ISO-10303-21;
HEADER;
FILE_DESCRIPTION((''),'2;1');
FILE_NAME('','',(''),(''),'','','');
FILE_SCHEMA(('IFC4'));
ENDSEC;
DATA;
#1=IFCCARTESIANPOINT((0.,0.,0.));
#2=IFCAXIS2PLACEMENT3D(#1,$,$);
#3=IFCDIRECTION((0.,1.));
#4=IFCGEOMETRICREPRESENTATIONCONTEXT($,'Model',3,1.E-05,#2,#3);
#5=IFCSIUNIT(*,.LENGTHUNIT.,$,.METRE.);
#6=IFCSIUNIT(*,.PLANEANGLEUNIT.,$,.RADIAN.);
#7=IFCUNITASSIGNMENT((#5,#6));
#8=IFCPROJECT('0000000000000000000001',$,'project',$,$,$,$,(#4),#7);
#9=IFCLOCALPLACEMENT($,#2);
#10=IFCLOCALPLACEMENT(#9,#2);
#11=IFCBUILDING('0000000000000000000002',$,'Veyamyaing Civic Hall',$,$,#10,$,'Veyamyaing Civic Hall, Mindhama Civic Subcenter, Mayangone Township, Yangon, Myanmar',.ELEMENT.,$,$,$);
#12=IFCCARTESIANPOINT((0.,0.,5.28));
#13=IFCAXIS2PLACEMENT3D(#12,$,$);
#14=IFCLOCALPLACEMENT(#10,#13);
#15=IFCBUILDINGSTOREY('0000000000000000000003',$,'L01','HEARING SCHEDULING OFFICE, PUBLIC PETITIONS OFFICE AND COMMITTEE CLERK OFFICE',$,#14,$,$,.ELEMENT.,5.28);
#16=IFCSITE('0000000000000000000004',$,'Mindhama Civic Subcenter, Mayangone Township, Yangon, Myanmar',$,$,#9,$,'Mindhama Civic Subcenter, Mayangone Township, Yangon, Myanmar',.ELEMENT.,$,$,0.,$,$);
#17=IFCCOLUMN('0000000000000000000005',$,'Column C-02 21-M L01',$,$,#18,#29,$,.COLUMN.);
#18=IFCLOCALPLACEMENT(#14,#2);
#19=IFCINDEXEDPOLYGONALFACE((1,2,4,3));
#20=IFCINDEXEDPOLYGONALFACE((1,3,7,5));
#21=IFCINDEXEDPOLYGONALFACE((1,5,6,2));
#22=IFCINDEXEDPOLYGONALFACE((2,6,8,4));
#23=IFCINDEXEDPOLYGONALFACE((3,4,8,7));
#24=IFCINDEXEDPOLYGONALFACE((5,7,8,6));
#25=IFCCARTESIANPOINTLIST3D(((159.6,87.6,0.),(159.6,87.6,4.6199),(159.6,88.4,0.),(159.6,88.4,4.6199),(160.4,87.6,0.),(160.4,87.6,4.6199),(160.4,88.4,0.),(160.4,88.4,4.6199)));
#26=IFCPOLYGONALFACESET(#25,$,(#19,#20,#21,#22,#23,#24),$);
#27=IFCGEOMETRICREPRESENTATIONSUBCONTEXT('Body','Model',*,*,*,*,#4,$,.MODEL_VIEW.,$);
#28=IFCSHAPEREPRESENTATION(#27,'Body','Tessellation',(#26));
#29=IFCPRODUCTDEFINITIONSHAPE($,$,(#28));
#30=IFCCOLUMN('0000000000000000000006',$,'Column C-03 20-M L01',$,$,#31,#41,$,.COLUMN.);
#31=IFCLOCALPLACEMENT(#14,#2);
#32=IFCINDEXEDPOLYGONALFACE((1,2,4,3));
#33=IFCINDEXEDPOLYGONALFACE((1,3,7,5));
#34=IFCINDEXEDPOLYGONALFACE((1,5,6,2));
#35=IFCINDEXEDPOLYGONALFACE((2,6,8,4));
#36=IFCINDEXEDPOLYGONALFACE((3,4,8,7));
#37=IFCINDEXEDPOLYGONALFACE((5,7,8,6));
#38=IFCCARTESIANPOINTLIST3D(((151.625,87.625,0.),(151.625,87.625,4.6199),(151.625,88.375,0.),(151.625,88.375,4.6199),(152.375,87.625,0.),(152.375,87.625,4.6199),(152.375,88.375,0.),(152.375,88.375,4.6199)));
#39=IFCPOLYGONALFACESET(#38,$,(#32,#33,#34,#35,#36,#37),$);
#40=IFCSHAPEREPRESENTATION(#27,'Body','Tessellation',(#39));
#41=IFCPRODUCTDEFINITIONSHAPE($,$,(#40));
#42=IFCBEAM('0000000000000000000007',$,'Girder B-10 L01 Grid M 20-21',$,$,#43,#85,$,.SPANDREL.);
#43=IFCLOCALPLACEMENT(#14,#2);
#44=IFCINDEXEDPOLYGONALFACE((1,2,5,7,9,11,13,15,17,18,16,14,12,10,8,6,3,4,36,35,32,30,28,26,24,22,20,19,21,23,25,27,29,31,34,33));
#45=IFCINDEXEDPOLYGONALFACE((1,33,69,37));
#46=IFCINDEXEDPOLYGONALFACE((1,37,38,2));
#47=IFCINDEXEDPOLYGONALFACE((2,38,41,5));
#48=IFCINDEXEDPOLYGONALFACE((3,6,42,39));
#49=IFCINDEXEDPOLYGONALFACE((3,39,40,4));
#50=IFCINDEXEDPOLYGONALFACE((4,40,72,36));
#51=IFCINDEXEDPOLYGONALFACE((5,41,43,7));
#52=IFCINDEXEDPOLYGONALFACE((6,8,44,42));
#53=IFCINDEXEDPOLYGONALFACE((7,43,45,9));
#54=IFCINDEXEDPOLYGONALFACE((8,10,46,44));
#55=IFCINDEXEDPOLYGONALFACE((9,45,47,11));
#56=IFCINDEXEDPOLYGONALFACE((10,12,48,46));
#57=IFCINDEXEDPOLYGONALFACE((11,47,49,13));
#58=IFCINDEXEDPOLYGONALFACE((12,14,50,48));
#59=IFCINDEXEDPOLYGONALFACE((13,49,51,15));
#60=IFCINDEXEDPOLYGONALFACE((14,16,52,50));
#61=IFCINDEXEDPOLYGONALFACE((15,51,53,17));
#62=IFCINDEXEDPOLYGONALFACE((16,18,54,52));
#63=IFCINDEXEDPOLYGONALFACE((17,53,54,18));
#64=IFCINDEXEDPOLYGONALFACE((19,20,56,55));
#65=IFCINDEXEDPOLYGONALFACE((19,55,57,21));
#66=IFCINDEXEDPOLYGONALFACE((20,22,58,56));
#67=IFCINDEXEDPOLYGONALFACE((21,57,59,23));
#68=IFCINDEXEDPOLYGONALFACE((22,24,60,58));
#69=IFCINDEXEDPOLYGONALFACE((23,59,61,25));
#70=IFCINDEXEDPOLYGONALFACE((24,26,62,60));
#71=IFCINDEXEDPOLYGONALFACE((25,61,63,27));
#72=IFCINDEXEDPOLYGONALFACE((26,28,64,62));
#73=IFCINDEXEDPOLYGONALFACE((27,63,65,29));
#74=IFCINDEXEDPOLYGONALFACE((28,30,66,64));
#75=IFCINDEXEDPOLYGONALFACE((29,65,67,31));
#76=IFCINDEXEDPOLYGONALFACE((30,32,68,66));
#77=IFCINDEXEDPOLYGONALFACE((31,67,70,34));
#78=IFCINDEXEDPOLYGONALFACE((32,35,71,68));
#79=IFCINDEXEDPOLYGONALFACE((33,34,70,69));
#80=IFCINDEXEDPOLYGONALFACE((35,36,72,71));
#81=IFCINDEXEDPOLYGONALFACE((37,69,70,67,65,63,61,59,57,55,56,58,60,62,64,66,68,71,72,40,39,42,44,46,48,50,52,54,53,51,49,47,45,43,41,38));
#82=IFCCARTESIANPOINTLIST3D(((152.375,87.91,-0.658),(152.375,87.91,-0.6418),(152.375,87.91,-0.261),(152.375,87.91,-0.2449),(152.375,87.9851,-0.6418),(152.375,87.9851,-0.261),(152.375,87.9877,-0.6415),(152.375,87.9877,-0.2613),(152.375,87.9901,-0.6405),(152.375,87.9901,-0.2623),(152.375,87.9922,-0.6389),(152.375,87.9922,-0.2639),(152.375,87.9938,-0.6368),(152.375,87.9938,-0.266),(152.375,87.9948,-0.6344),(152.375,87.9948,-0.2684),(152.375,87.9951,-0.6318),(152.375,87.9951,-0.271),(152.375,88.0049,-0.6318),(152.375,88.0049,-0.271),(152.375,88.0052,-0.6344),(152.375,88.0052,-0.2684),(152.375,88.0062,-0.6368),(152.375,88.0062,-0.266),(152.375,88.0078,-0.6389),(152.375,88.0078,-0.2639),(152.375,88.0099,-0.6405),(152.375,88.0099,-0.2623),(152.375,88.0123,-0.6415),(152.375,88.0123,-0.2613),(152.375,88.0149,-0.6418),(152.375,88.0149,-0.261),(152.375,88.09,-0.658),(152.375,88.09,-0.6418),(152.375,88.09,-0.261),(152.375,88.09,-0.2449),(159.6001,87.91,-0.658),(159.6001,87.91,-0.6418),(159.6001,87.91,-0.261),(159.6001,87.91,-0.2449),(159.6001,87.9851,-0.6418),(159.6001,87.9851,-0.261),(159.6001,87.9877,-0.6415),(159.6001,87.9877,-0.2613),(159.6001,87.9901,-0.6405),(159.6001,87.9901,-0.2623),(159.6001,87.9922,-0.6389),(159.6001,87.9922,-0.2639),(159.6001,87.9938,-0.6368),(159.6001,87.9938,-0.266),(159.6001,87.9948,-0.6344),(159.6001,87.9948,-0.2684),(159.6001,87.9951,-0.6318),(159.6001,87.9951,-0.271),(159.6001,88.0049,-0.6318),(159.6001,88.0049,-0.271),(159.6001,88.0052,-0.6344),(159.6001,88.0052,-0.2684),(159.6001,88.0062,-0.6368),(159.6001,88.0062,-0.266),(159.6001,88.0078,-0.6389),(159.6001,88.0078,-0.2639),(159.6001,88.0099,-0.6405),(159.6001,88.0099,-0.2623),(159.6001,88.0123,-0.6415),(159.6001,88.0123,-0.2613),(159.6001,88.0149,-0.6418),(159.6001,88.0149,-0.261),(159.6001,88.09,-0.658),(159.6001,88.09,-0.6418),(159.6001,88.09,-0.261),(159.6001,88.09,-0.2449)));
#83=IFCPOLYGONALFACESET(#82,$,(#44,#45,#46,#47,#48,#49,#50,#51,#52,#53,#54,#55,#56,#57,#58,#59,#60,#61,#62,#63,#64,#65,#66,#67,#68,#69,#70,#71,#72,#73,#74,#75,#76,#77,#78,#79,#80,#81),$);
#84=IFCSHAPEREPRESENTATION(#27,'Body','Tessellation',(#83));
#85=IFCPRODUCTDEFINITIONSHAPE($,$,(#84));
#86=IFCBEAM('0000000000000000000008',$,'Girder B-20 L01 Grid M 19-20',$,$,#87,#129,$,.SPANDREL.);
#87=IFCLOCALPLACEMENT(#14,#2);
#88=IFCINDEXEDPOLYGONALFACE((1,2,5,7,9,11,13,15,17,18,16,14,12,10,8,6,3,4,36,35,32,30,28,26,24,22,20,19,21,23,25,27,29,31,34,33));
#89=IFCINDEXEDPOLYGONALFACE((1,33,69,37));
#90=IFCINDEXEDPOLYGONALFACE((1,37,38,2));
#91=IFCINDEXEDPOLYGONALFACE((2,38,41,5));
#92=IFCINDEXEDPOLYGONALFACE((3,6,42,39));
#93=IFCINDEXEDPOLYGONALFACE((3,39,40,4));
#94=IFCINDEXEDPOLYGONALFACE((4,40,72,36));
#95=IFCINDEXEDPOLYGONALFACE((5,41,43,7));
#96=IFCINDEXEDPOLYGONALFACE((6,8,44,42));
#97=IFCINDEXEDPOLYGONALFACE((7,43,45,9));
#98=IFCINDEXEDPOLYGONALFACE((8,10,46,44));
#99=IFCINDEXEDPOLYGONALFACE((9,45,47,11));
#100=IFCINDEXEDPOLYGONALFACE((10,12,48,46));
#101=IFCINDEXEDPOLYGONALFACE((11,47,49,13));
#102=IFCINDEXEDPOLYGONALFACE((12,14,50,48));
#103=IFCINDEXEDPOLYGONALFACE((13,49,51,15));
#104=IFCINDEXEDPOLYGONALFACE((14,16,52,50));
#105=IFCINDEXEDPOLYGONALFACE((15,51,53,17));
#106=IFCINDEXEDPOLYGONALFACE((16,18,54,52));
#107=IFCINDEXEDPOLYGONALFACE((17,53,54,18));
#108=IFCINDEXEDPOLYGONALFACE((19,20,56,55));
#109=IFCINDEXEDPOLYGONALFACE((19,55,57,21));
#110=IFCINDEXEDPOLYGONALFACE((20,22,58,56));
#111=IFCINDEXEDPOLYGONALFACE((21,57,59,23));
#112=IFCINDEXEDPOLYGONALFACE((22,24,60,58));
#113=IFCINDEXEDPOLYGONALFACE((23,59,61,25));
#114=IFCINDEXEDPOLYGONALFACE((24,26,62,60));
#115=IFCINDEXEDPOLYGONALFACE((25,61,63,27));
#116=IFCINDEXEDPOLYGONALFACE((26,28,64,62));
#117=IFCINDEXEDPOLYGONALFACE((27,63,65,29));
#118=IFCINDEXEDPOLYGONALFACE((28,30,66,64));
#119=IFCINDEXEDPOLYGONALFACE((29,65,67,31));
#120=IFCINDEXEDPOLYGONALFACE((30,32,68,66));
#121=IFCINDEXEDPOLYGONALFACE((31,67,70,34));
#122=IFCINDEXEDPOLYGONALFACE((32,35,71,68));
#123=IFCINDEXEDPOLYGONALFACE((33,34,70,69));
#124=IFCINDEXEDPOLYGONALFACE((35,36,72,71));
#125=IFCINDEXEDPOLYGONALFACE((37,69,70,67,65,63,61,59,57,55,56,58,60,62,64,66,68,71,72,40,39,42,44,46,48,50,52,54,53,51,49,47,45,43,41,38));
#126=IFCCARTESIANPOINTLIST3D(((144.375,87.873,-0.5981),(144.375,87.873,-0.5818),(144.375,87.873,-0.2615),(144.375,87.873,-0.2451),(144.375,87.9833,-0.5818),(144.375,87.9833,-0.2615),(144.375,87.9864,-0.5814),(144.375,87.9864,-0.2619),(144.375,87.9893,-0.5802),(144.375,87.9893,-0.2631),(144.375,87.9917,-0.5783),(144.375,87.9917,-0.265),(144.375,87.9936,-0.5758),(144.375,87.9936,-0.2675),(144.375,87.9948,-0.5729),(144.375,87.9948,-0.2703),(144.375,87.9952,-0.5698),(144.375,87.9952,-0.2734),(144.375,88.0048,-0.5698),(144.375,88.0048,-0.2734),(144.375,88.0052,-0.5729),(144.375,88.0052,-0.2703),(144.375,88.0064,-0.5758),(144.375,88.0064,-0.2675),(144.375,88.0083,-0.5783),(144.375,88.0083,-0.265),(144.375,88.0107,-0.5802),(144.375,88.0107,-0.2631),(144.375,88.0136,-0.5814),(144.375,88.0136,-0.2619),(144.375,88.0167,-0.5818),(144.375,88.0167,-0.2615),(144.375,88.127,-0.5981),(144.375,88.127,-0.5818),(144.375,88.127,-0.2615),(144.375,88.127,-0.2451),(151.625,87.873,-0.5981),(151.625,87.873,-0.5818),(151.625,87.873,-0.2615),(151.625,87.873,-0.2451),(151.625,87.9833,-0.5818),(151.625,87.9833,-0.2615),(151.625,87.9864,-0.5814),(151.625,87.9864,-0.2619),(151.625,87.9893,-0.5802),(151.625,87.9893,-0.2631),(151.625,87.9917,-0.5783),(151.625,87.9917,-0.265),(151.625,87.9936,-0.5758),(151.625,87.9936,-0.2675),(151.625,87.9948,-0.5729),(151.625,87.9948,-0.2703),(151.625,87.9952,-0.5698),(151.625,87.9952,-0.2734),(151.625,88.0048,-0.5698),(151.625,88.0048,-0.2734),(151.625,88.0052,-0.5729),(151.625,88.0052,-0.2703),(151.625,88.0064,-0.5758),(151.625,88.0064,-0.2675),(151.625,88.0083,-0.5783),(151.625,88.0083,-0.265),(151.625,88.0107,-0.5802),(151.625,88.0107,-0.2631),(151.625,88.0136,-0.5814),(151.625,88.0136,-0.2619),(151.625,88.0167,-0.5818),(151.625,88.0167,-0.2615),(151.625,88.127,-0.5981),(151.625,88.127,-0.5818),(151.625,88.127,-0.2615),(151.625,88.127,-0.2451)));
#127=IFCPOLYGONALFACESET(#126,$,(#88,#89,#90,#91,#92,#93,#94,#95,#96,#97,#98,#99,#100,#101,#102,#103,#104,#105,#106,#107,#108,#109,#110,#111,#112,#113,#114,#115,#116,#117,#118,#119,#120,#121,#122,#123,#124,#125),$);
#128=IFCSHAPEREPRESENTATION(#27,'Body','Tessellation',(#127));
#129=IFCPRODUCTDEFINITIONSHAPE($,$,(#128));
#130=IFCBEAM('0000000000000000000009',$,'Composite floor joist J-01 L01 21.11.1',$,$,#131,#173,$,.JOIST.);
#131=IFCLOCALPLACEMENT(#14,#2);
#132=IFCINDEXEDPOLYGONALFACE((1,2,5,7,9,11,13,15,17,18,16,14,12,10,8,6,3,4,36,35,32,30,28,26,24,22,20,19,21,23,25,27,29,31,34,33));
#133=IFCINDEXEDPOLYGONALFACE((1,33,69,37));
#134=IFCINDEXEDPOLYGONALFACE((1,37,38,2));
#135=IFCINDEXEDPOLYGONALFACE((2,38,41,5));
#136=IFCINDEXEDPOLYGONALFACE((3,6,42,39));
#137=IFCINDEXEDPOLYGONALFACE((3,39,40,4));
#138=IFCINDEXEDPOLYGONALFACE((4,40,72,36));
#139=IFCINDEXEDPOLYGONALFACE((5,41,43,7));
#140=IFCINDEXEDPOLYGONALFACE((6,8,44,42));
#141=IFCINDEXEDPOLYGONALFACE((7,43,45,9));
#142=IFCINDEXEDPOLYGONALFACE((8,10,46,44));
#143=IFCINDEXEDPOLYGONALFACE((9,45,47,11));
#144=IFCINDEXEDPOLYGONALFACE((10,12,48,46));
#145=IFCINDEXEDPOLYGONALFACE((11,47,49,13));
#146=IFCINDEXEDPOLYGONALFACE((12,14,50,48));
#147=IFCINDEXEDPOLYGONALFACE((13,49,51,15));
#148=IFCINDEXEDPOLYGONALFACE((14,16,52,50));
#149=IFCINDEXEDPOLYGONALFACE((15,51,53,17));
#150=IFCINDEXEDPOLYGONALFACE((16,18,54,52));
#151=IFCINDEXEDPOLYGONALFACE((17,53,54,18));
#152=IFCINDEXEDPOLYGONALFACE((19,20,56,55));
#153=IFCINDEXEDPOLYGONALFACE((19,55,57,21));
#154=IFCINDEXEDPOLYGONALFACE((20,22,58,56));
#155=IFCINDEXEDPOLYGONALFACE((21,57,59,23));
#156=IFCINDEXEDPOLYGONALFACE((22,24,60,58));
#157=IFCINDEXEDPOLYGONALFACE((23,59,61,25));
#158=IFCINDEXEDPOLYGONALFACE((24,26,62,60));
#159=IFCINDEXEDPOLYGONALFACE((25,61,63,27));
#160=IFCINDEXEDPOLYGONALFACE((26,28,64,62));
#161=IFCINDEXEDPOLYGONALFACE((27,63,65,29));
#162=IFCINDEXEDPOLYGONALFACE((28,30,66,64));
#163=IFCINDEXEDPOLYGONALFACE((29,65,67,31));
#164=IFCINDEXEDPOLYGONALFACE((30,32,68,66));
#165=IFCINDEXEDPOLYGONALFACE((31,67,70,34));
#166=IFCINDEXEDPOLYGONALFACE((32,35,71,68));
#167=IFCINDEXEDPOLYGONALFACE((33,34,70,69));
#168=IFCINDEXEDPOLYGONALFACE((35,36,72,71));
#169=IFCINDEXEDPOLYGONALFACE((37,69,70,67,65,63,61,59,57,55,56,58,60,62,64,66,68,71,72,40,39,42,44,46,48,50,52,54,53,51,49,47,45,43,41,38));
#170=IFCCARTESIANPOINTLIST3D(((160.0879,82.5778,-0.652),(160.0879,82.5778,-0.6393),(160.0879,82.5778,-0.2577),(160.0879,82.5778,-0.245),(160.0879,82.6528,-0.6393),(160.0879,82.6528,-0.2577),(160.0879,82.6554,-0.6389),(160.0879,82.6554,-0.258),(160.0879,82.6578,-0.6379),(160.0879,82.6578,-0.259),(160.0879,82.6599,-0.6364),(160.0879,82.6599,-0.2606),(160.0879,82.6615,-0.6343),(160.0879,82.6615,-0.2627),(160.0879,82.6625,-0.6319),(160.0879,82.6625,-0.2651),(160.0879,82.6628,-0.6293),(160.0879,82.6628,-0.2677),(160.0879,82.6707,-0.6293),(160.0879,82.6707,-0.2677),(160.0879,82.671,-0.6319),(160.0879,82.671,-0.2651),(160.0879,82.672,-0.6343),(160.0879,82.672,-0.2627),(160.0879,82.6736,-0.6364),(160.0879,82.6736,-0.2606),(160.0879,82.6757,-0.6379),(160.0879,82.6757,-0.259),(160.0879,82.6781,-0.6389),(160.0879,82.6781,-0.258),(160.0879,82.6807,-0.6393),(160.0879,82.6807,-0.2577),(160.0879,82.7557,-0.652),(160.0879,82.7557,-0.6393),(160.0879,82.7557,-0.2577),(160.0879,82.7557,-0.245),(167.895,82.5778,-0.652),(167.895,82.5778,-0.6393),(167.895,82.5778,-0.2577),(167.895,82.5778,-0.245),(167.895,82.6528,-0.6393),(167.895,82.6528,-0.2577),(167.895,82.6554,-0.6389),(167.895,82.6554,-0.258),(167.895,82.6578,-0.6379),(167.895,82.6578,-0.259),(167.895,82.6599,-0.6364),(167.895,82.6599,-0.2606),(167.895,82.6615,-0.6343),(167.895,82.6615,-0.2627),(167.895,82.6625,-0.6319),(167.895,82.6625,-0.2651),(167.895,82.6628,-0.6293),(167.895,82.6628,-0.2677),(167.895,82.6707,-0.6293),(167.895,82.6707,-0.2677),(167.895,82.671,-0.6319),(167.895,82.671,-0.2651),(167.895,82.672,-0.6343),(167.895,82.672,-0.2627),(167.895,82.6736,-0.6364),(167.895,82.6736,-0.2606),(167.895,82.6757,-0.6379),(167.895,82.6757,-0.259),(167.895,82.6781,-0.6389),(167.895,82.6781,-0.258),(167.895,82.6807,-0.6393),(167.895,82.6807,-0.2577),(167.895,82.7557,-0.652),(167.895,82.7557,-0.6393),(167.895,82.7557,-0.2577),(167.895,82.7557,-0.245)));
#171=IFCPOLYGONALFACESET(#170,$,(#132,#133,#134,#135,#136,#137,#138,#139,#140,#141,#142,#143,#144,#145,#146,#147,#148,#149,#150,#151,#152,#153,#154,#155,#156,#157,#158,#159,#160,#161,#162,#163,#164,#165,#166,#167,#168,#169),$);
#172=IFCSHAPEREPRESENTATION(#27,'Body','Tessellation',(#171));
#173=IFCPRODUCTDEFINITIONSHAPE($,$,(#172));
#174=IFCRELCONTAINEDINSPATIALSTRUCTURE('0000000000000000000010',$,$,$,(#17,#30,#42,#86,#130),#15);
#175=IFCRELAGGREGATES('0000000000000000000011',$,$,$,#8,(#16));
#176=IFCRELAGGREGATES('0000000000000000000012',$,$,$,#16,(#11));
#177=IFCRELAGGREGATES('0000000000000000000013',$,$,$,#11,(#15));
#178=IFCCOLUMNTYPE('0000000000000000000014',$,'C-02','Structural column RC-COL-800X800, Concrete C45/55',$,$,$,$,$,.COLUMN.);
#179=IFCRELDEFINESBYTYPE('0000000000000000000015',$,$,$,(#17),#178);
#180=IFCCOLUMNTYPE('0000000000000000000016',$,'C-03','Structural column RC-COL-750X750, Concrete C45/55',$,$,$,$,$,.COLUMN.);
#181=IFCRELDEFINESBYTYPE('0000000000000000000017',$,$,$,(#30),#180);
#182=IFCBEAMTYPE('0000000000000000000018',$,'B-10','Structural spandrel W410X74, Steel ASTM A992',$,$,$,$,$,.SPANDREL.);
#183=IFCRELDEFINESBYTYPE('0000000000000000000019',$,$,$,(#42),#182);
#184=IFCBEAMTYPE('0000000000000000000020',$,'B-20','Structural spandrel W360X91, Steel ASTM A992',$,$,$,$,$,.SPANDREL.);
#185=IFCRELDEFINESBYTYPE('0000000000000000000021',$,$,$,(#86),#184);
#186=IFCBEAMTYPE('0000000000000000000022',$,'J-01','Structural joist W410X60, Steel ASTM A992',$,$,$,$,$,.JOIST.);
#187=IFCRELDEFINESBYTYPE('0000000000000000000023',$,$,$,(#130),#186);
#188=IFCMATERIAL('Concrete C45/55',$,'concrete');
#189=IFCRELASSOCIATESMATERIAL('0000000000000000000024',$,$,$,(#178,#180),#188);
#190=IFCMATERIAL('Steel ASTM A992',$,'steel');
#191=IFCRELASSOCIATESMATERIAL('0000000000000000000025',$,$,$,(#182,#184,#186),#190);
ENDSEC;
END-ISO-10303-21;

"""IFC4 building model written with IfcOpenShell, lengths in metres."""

from ifc_helpers import new_model, si_unit, direction, frame, origin, origin_2d, place, context, subcontext, project, spatial, rectangle, i_section, extrude, material, material_profile, profile_set, type_object, element, save


model = new_model("IFC4")

# Units and contexts
model_context = context("Model", 3, precision=1e-05, world=origin(), true_north=direction((0.0, 1.0)))
body_context = subcontext(model_context, "Body", "Model", "MODEL_VIEW")
ifc_project = project(units=[si_unit("LENGTHUNIT", "METRE"), si_unit("PLANEANGLEUNIT", "RADIAN")], contexts=[model_context])

# Site, building, storey
site_placement = place(None, origin())
site = spatial("IfcSite", under=ifc_project, at=site_placement, Name="Mindhama Civic Subcenter, Mayangone Township, Yangon, Myanmar", LongName="Mindhama Civic Subcenter, Mayangone Township, Yangon, Myanmar", CompositionType="ELEMENT", RefElevation=0.0)
building_placement = place(site_placement, origin())
building = spatial("IfcBuilding", under=site, at=building_placement, Name="Veyamyaing Civic Hall", LongName="Veyamyaing Civic Hall, Mindhama Civic Subcenter, Mayangone Township, Yangon, Myanmar", CompositionType="ELEMENT")
storey_placement = place(building_placement, frame((0.0, 0.0, 5.28)))
storey = spatial("IfcBuildingStorey", under=building, at=storey_placement, Name="L01", Description="HEARING SCHEDULING OFFICE, PUBLIC PETITIONS OFFICE AND COMMITTEE CLERK OFFICE", CompositionType="ELEMENT", Elevation=5.28)

# Columns
ifc_material_1 = material(Name="Concrete C45/55", Category="concrete")
ifc_material_profile_1 = material_profile(ifc_material_1, rectangle(XDim=0.8, YDim=0.8, at=origin_2d()), Name="RC-COL-800X800")
ifc_profile_set_1 = profile_set([ifc_material_profile_1], Name="Concrete C45/55")
column_type_1 = type_object("IfcColumnType", Name="C-02", Description="Structural column RC-COL-800X800, Concrete C45/55", PredefinedType="COLUMN", material=ifc_profile_set_1)
column_1_placement = place(storey_placement, frame((160.0, 88.0, 0.0), z_axis=(0.0, 0.0, 1.0), x_axis=(1.0, 0.0, 0.0)))
element("IfcColumn", 1, at=column_1_placement, inside=storey, type_object=column_type_1, Name="Column C-02 21-M L01", PredefinedType="COLUMN", context=body_context, shape_type="SweptSolid", body=[
    extrude(rectangle(XDim=0.8, YDim=0.8, at=origin_2d()), origin(), (0.0, 0.0, 1.0), 4.6199),
])
ifc_material_profile_2 = material_profile(ifc_material_1, rectangle(XDim=0.75, YDim=0.75, at=origin_2d()), Name="RC-COL-750X750")
ifc_profile_set_2 = profile_set([ifc_material_profile_2], Name="Concrete C45/55")
column_type_2 = type_object("IfcColumnType", Name="C-03", Description="Structural column RC-COL-750X750, Concrete C45/55", PredefinedType="COLUMN", material=ifc_profile_set_2)
column_2_placement = place(storey_placement, frame((152.0, 88.0, 0.0), z_axis=(0.0, 0.0, 1.0), x_axis=(1.0, 0.0, 0.0)))
element("IfcColumn", 2, at=column_2_placement, inside=storey, type_object=column_type_2, Name="Column C-03 20-M L01", PredefinedType="COLUMN", context=body_context, shape_type="SweptSolid", body=[
    extrude(rectangle(XDim=0.75, YDim=0.75, at=origin_2d()), origin(), (0.0, 0.0, 1.0), 4.6199),
])

# Beams
ifc_material_2 = material(Name="Steel ASTM A992", Category="steel")
ifc_material_profile_3 = material_profile(ifc_material_2, i_section(OverallWidth=0.1799, OverallDepth=0.4131, WebThickness=0.0098, FlangeThickness=0.0161, FilletRadius=0.01, at=origin_2d()), Name="W410X74")
ifc_profile_set_3 = profile_set([ifc_material_profile_3], Name="Steel ASTM A992")
beam_type_1 = type_object("IfcBeamType", Name="B-10", Description="Structural spandrel W410X74, Steel ASTM A992", PredefinedType="SPANDREL", material=ifc_profile_set_3)
beam_1_placement = place(storey_placement, frame((152.375, 88.0, -0.4514), z_axis=(1.0, 0.0, 0.0), x_axis=(0.0, 1.0, 0.0)))
element("IfcBeam", 3, at=beam_1_placement, inside=storey, type_object=beam_type_1, Name="Girder B-10 L01 Grid M 20-21", PredefinedType="SPANDREL", context=body_context, shape_type="SweptSolid", body=[
    extrude(i_section(OverallWidth=0.1799, OverallDepth=0.4131, WebThickness=0.0098, FlangeThickness=0.0161, FilletRadius=0.01, at=origin_2d()), origin(), (0.0, 0.0, 1.0), 7.2251),
])
ifc_material_profile_4 = material_profile(ifc_material_2, i_section(OverallWidth=0.2539, OverallDepth=0.353, WebThickness=0.0095, FlangeThickness=0.0164, FilletRadius=0.012, at=origin_2d()), Name="W360X91")
ifc_profile_set_4 = profile_set([ifc_material_profile_4], Name="Steel ASTM A992")
beam_type_2 = type_object("IfcBeamType", Name="B-20", Description="Structural spandrel W360X91, Steel ASTM A992", PredefinedType="SPANDREL", material=ifc_profile_set_4)
beam_2_placement = place(storey_placement, frame((144.375, 88.0, -0.4216), z_axis=(1.0, 0.0, 0.0), x_axis=(0.0, 1.0, 0.0)))
element("IfcBeam", 4, at=beam_2_placement, inside=storey, type_object=beam_type_2, Name="Girder B-20 L01 Grid M 19-20", PredefinedType="SPANDREL", context=body_context, shape_type="SweptSolid", body=[
    extrude(i_section(OverallWidth=0.2539, OverallDepth=0.353, WebThickness=0.0095, FlangeThickness=0.0164, FilletRadius=0.012, at=origin_2d()), origin(), (0.0, 0.0, 1.0), 7.25),
])
ifc_material_profile_5 = material_profile(ifc_material_2, i_section(OverallWidth=0.178, OverallDepth=0.407, WebThickness=0.0078, FlangeThickness=0.0127, FilletRadius=0.01, at=origin_2d()), Name="W410X60")
ifc_profile_set_5 = profile_set([ifc_material_profile_5], Name="Steel ASTM A992")
beam_type_3 = type_object("IfcBeamType", Name="J-01", Description="Structural joist W410X60, Steel ASTM A992", PredefinedType="JOIST", material=ifc_profile_set_5)
for number, where, z_axis, x_axis, name in (
    (5, (160.0879, 82.6667, -0.4485), (1.0, 0.0, 0.0), (0.0, 1.0, 0.0), "Composite floor joist J-01 L01 21.11.1"),
):
    element("IfcBeam", number, at=place(storey_placement, frame(where, z_axis=z_axis, x_axis=x_axis)), inside=storey, type_object=beam_type_3, Name=name, PredefinedType="JOIST", context=body_context, shape_type="SweptSolid", body=[
        extrude(i_section(OverallWidth=0.178, OverallDepth=0.407, WebThickness=0.0078, FlangeThickness=0.0127, FilletRadius=0.01, at=origin_2d()), origin(), (0.0, 0.0, 1.0), 7.8071),
    ])

save(model, "model.ifc")
